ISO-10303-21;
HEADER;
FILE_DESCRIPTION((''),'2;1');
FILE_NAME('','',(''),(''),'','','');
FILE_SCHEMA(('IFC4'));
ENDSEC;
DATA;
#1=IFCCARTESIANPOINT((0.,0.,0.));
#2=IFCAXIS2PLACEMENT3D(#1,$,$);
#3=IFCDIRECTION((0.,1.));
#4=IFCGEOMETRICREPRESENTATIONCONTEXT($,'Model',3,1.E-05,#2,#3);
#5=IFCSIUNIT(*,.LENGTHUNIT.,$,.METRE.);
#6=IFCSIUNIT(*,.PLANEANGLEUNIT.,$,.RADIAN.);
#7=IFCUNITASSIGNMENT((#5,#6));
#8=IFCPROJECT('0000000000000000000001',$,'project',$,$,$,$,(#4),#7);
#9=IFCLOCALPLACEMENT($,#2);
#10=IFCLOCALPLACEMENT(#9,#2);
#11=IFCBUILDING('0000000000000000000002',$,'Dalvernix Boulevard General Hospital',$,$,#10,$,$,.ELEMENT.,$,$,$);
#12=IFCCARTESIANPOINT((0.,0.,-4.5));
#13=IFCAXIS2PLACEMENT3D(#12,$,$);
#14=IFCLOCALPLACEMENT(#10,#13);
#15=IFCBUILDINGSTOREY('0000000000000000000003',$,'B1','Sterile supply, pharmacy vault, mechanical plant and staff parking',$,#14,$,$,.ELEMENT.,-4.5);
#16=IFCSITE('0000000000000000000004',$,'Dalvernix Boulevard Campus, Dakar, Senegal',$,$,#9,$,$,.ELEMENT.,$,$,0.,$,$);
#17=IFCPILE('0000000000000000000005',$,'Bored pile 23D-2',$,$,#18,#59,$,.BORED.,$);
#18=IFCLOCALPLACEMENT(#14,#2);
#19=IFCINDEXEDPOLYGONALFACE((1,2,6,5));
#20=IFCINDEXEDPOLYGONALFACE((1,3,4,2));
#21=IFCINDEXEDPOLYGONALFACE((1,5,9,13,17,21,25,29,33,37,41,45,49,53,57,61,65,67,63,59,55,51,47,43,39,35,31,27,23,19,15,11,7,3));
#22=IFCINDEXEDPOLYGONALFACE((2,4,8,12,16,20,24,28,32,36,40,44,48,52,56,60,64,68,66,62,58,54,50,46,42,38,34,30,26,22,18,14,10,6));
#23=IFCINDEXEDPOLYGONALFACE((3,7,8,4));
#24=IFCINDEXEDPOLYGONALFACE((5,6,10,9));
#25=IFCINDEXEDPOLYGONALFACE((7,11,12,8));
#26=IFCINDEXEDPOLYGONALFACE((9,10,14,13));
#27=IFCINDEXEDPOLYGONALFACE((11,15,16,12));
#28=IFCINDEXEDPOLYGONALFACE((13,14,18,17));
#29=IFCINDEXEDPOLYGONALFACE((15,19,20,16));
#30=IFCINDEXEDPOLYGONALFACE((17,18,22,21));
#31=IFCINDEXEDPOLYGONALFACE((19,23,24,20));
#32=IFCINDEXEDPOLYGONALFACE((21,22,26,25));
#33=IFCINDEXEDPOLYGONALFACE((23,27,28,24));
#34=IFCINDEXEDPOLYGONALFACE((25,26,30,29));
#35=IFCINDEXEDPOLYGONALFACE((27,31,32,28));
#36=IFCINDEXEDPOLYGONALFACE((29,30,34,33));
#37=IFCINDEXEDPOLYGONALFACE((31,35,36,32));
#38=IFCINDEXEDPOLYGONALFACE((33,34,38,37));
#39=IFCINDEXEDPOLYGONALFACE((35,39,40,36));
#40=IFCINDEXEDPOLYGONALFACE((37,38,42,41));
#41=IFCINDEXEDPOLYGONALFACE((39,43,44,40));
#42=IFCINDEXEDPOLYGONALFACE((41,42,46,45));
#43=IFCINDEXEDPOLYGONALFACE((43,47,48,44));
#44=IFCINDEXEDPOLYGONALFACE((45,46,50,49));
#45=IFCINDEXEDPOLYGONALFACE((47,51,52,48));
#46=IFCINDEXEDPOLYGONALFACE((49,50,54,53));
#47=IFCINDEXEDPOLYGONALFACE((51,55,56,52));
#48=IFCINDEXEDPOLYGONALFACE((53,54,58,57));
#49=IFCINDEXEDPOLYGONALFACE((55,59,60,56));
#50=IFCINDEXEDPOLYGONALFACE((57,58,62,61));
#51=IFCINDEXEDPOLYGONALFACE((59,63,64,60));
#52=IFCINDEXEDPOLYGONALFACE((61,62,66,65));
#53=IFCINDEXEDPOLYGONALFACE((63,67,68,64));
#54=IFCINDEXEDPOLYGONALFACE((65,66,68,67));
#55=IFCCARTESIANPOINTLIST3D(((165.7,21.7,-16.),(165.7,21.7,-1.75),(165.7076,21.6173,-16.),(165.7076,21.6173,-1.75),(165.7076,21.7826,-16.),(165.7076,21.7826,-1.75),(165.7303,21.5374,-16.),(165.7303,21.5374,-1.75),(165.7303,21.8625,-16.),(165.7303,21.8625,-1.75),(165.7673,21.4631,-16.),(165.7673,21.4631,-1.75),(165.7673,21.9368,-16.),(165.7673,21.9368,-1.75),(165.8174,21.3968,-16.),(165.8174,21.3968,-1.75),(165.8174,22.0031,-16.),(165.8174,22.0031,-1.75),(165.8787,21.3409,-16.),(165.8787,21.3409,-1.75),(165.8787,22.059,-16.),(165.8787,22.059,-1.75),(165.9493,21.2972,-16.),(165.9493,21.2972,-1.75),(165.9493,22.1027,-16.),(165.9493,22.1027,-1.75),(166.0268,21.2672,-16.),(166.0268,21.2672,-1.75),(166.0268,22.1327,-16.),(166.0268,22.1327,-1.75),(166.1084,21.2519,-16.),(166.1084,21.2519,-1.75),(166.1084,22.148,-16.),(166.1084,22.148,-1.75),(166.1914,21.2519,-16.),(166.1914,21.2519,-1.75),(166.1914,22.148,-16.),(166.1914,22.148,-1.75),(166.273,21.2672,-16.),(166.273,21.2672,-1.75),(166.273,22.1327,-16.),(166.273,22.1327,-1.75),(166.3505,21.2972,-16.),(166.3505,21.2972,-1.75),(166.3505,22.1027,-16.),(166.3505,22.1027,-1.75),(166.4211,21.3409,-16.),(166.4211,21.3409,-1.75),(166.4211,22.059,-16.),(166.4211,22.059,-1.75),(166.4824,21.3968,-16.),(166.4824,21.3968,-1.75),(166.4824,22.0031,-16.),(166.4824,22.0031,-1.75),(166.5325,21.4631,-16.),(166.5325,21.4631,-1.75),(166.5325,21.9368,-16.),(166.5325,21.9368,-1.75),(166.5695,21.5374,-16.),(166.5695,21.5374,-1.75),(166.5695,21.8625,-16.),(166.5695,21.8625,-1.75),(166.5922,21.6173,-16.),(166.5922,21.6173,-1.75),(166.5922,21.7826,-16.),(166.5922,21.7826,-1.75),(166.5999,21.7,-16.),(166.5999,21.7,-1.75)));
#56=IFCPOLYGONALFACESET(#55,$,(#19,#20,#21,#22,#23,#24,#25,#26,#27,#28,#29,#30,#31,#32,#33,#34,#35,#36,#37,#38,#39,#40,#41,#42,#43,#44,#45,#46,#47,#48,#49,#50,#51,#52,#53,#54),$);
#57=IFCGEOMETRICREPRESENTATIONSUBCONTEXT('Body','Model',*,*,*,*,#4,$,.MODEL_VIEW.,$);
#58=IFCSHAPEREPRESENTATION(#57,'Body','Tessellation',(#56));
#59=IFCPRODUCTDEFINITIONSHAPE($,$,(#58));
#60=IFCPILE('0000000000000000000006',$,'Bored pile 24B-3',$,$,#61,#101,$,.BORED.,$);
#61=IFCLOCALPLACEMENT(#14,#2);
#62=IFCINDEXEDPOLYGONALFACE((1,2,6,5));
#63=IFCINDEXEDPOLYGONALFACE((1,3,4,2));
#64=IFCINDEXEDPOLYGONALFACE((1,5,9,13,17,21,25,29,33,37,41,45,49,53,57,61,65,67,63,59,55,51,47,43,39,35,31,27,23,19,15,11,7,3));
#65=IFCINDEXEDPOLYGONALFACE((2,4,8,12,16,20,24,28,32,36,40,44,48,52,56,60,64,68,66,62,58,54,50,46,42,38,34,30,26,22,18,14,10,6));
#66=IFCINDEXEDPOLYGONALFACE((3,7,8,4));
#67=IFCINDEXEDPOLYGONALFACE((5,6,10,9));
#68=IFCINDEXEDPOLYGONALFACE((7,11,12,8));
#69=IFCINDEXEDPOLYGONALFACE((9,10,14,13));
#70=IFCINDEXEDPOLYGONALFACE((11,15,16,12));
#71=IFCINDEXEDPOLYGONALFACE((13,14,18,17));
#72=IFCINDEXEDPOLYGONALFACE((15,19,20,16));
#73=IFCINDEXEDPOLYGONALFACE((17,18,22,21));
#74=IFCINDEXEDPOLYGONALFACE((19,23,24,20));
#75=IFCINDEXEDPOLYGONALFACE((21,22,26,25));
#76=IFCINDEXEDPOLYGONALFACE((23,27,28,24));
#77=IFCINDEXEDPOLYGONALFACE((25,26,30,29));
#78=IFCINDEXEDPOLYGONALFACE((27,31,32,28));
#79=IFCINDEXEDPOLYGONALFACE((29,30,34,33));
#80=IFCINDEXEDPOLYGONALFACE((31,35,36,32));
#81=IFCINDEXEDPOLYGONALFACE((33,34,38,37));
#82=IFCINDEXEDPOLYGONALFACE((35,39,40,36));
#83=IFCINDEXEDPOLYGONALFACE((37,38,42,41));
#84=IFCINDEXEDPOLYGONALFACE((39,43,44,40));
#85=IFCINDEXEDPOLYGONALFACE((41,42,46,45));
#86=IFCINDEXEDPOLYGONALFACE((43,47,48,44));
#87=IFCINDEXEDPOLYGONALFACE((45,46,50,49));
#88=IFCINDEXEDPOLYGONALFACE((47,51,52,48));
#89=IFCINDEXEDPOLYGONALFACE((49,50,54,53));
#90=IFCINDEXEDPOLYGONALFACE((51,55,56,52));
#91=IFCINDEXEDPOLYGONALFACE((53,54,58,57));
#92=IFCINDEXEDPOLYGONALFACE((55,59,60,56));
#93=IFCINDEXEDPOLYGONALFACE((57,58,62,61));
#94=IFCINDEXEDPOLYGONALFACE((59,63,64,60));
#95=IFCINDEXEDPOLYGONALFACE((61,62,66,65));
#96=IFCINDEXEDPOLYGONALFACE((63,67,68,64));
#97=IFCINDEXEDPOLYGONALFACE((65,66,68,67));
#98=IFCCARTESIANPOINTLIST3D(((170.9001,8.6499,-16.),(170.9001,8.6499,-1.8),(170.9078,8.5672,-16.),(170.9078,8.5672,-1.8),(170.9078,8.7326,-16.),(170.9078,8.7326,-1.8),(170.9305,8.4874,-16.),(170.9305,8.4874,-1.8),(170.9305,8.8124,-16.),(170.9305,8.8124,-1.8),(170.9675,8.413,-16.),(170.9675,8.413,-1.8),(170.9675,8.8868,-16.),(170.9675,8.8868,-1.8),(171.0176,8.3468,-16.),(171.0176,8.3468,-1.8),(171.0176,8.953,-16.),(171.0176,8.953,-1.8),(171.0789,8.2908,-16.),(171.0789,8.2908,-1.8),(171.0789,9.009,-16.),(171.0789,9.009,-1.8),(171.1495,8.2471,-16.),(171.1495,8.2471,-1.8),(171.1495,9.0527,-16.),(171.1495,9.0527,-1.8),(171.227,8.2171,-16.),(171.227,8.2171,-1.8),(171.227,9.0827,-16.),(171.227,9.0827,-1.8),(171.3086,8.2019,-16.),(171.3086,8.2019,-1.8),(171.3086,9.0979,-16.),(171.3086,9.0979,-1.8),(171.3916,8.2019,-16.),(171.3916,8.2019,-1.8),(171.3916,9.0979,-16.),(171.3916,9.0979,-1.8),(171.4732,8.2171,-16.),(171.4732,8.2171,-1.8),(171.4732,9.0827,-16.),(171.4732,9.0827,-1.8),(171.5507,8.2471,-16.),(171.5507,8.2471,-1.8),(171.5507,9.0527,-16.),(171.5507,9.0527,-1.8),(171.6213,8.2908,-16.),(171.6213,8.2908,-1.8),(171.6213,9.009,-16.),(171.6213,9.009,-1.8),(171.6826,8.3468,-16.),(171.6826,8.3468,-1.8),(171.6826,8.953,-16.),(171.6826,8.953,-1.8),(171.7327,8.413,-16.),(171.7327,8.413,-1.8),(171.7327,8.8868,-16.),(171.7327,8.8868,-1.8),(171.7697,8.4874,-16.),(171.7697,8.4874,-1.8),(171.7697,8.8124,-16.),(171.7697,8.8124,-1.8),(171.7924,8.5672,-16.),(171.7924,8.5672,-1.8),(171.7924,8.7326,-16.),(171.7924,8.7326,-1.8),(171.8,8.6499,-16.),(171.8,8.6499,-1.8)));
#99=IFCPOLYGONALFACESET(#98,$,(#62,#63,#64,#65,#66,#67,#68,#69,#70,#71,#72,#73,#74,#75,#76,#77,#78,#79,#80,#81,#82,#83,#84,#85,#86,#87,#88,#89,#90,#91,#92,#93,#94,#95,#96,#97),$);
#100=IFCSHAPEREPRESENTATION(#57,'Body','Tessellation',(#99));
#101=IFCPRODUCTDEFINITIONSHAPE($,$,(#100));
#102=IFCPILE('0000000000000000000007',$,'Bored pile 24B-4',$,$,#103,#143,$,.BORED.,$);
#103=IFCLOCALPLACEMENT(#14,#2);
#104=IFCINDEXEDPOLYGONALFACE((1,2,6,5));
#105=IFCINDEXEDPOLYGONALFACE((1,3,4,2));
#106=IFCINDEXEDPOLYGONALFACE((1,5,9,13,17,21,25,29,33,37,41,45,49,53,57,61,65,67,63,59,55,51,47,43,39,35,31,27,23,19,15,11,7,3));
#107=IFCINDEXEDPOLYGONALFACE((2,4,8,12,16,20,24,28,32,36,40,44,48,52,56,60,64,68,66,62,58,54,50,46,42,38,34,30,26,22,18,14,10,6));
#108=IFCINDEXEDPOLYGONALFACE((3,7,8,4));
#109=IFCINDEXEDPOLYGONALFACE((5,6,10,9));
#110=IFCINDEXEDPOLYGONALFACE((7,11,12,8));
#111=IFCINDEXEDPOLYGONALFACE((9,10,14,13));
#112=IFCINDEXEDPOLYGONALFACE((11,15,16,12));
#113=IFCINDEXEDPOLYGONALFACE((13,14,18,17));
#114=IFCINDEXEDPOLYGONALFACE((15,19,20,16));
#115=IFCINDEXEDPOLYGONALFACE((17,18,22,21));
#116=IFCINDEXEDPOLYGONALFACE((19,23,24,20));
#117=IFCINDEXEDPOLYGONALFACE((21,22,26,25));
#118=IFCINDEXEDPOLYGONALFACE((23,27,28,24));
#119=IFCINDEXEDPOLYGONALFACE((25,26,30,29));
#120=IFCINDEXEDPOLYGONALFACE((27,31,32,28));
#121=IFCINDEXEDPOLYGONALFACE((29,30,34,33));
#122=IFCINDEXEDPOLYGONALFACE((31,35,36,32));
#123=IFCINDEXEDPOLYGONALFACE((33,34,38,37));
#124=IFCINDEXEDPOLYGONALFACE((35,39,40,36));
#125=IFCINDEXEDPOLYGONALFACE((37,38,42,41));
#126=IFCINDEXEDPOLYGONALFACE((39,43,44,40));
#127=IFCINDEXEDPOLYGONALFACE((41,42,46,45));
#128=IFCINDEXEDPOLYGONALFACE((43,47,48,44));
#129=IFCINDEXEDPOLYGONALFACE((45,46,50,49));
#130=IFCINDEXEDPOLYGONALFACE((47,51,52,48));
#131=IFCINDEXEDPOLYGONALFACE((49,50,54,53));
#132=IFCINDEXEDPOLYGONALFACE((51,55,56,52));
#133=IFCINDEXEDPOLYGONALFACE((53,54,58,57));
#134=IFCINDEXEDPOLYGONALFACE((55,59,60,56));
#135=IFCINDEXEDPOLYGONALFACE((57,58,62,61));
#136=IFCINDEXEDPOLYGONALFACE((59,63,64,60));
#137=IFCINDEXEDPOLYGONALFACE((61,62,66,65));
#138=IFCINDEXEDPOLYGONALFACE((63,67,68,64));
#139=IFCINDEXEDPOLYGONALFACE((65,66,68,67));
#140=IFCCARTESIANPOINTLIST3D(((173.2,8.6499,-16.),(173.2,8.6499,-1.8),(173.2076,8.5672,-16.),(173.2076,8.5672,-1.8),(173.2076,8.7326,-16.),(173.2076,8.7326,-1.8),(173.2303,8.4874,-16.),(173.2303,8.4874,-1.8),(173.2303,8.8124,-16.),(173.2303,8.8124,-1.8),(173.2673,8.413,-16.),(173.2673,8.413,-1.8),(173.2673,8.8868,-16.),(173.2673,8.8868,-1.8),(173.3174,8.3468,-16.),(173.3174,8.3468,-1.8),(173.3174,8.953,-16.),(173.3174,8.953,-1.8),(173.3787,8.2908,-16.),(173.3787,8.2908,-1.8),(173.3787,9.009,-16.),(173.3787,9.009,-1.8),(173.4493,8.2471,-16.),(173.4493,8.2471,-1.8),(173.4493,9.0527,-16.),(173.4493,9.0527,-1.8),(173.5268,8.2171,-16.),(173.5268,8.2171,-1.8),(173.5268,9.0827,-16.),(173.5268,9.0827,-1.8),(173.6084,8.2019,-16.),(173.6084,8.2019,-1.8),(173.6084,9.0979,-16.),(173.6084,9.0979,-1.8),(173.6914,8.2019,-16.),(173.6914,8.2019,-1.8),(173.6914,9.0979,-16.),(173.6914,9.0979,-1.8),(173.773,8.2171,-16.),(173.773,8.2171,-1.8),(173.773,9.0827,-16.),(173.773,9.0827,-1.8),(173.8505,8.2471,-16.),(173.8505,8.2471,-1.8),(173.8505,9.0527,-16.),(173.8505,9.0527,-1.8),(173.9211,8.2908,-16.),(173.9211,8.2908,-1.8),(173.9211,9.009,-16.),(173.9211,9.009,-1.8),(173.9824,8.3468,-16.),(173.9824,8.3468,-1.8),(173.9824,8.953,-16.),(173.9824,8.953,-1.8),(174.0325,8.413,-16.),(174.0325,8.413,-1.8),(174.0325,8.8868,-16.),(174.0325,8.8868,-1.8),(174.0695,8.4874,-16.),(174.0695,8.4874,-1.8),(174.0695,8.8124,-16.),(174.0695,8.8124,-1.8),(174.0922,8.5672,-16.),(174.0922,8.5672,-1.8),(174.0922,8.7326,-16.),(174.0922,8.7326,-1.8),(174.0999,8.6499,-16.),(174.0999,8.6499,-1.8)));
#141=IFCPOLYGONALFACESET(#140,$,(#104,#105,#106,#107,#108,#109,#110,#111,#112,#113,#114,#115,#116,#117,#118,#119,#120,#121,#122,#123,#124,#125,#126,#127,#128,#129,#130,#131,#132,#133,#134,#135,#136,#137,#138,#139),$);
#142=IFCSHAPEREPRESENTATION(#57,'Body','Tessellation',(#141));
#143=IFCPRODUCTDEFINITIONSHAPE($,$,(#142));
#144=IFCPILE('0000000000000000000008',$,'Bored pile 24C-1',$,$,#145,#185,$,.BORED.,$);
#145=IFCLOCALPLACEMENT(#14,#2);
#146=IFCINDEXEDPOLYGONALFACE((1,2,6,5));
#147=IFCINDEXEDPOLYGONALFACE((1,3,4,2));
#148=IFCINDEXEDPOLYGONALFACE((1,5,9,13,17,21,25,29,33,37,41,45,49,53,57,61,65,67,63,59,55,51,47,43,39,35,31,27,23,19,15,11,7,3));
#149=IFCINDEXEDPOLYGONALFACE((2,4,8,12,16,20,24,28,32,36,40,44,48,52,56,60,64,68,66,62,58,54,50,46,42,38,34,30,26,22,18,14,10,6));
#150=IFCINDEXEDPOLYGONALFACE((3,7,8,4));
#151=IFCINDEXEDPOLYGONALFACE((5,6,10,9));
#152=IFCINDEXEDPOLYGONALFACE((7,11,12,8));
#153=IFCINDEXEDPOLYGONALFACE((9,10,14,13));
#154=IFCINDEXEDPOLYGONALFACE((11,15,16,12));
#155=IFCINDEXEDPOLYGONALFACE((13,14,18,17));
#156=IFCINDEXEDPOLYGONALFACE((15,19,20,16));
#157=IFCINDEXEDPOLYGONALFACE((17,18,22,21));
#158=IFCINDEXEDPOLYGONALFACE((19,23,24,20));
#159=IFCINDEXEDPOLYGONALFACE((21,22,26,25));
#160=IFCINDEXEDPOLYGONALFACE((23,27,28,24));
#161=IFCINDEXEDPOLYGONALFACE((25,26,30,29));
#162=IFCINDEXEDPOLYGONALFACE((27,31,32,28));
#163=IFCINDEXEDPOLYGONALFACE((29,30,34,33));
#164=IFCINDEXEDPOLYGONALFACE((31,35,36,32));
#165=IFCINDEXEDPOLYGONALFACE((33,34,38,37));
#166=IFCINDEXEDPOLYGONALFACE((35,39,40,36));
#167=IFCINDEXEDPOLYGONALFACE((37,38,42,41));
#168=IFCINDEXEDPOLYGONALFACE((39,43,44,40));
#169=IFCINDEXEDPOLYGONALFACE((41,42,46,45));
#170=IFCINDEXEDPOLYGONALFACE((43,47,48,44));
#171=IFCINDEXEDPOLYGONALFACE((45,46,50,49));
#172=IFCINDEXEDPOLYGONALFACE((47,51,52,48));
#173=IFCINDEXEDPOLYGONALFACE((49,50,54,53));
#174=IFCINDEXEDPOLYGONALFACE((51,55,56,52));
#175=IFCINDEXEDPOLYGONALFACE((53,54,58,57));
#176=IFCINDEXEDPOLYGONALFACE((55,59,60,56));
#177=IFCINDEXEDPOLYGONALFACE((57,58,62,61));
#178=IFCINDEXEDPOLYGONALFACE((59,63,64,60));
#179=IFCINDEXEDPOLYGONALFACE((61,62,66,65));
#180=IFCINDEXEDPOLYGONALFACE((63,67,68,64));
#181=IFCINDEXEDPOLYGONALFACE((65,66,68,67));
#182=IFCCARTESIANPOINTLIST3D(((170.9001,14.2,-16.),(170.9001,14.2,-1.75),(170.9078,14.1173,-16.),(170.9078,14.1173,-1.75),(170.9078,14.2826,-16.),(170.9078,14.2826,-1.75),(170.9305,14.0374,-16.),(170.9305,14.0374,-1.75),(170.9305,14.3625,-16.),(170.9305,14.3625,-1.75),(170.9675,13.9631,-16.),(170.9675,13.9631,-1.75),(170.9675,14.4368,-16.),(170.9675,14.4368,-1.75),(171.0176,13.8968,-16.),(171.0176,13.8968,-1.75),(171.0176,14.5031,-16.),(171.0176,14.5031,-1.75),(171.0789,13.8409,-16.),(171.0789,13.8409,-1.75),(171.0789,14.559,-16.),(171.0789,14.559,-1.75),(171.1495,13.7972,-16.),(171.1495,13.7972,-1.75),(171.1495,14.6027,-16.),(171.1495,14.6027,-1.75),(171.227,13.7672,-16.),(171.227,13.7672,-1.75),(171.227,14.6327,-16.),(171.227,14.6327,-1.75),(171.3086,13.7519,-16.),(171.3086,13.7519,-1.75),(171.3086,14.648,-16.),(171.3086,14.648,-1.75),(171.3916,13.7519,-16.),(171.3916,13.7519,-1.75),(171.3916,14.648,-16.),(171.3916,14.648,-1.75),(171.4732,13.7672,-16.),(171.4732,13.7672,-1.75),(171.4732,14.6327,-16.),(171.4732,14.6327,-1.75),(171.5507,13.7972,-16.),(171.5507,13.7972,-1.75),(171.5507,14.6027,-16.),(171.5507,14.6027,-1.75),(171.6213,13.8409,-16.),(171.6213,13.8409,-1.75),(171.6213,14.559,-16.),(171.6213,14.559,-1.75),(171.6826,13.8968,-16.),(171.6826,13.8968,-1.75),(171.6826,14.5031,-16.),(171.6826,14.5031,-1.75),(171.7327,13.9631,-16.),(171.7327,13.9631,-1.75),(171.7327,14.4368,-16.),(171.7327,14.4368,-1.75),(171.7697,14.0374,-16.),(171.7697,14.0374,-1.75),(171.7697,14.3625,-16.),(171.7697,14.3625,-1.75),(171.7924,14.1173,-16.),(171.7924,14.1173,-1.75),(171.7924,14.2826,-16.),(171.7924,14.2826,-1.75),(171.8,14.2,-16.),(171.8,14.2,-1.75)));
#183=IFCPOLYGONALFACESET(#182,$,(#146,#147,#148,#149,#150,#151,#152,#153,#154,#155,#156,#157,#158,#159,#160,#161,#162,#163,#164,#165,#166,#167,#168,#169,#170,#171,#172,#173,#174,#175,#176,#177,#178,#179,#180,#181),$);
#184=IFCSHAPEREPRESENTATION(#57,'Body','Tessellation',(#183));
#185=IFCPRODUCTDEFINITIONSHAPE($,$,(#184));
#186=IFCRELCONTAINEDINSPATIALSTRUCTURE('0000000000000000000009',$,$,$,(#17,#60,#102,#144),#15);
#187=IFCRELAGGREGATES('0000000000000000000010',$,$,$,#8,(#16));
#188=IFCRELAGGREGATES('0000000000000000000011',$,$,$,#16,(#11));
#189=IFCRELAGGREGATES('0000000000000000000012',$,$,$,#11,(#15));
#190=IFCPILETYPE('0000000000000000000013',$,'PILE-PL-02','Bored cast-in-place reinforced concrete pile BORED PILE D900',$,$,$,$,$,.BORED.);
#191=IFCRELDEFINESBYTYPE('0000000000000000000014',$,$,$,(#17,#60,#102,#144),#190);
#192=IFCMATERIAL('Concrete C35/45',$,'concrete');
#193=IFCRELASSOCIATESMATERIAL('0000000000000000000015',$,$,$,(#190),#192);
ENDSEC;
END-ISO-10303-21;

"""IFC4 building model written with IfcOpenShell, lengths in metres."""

from ifc_helpers import new_model, si_unit, direction, frame, origin, origin_2d, place, context, subcontext, project, spatial, circle, extrude, material, material_profile, profile_set, type_object, element, save


model = new_model("IFC4")

# Units and contexts
model_context = context("Model", 3, precision=1e-05, world=origin(), true_north=direction((0.0, 1.0)))
body_context = subcontext(model_context, "Body", "Model", "MODEL_VIEW")
ifc_project = project(units=[si_unit("LENGTHUNIT", "METRE"), si_unit("PLANEANGLEUNIT", "RADIAN")], contexts=[model_context])

# Site, building, storey
site_placement = place(None, origin())
site = spatial("IfcSite", under=ifc_project, at=site_placement, Name="Dalvernix Boulevard Campus, Dakar, Senegal", CompositionType="ELEMENT", RefElevation=0.0)
building_placement = place(site_placement, origin())
building = spatial("IfcBuilding", under=site, at=building_placement, Name="Dalvernix Boulevard General Hospital", CompositionType="ELEMENT")
storey_placement = place(building_placement, frame((0.0, 0.0, -4.5)))
storey = spatial("IfcBuildingStorey", under=building, at=storey_placement, Name="B1", Description="Sterile supply, pharmacy vault, mechanical plant and staff parking", CompositionType="ELEMENT", Elevation=-4.5)

# Shared definitions
ifc_material_1 = material(Name="Concrete C35/45", Category="concrete")

# Piles
ifc_material_profile_1 = material_profile(ifc_material_1, circle(Radius=0.45, at=origin_2d()), Name="BORED PILE D900")
ifc_profile_set_1 = profile_set([ifc_material_profile_1], Name="Concrete C35/45")
pile_type = type_object("IfcPileType", Name="PILE-PL-02", Description="Bored cast-in-place reinforced concrete pile BORED PILE D900", PredefinedType="BORED", material=ifc_profile_set_1)
pile_placement = place(storey_placement, frame((166.1499, 21.7, -1.75), z_axis=(0.0, 0.0, -1.0), x_axis=(1.0, 0.0, 0.0)))
element("IfcPile", 1, at=pile_placement, inside=storey, type_object=pile_type, Name="Bored pile 23D-2", PredefinedType="BORED", context=body_context, shape_type="SweptSolid", body=[
    extrude(circle(Radius=0.45, at=origin_2d()), origin(), (0.0, 0.0, 1.0), 14.25),
])
for number, where, z_axis, x_axis, name in (
    (2, (171.3501, 8.6499, -1.8), (0.0, 0.0, -1.0), (1.0, 0.0, 0.0), "Bored pile 24B-3"),
    (3, (173.6499, 8.6499, -1.8), (0.0, 0.0, -1.0), (1.0, 0.0, 0.0), "Bored pile 24B-4"),
):
    element("IfcPile", number, at=place(storey_placement, frame(where, z_axis=z_axis, x_axis=x_axis)), inside=storey, type_object=pile_type, Name=name, PredefinedType="BORED", context=body_context, shape_type="SweptSolid", body=[
        extrude(circle(Radius=0.45, at=origin_2d()), origin(), (0.0, 0.0, 1.0), 14.2),
    ])
for number, where, z_axis, x_axis, name in (
    (4, (171.3501, 14.2, -1.75), (0.0, 0.0, -1.0), (1.0, 0.0, 0.0), "Bored pile 24C-1"),
):
    element("IfcPile", number, at=place(storey_placement, frame(where, z_axis=z_axis, x_axis=x_axis)), inside=storey, type_object=pile_type, Name=name, PredefinedType="BORED", context=body_context, shape_type="SweptSolid", body=[
        extrude(circle(Radius=0.45, at=origin_2d()), origin(), (0.0, 0.0, 1.0), 14.25),
    ])

save(model, "model.ifc")
